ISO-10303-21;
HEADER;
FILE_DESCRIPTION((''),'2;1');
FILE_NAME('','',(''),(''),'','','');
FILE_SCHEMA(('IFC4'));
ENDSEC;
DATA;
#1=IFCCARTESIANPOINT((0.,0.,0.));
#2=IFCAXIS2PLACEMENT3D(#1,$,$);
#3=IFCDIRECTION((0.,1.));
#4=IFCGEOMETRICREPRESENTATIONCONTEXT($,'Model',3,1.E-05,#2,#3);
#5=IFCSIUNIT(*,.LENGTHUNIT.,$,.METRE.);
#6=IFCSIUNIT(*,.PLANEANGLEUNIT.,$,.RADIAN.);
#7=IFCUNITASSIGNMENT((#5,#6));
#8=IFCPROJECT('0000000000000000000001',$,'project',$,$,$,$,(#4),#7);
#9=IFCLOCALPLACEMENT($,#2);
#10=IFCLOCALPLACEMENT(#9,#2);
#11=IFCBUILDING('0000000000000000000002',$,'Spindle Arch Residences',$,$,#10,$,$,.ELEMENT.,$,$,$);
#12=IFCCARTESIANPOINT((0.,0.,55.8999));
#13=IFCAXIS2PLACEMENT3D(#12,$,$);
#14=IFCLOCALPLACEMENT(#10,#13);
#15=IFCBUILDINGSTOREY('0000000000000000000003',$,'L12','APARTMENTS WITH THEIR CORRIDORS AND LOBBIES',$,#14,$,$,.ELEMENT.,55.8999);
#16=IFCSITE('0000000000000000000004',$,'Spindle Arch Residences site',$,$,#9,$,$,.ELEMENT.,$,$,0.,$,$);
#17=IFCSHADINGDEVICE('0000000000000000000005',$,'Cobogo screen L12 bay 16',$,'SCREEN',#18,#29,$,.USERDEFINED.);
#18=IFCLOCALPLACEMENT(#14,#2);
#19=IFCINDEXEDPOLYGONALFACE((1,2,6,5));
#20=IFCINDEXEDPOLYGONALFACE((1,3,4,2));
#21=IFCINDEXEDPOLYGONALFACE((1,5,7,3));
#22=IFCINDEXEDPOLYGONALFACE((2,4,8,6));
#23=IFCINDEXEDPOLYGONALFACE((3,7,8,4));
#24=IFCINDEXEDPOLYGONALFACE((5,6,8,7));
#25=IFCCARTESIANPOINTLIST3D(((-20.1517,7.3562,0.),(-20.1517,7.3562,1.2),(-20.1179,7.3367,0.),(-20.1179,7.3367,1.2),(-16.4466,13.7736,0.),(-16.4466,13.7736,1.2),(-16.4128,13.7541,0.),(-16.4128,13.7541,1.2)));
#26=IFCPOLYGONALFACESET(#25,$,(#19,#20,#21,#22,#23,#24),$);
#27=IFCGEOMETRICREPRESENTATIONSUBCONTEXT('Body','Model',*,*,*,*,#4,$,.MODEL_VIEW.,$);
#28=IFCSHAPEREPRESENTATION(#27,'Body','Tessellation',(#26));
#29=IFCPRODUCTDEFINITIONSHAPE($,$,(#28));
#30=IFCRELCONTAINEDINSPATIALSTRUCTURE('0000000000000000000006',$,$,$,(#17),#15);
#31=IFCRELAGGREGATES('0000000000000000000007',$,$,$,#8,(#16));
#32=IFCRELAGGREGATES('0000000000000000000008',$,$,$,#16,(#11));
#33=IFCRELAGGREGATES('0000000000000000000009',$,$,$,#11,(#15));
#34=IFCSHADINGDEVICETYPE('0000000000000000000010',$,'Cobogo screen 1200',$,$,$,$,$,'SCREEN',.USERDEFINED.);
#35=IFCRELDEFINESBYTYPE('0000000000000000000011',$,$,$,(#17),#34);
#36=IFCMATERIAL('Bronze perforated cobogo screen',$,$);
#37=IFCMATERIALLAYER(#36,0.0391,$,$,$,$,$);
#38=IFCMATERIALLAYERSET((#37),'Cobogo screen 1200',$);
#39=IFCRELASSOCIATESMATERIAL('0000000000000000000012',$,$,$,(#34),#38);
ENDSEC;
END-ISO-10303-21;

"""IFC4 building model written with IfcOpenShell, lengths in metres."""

from ifc_helpers import new_model, si_unit, direction, frame, origin, origin_2d, place, context, subcontext, project, spatial, rectangle, extrude, material, layer, layer_set, type_object, element, save


model = new_model("IFC4")

# Units and contexts
model_context = context("Model", 3, precision=1e-05, world=origin(), true_north=direction((0.0, 1.0)))
body_context = subcontext(model_context, "Body", "Model", "MODEL_VIEW")
ifc_project = project(units=[si_unit("LENGTHUNIT", "METRE"), si_unit("PLANEANGLEUNIT", "RADIAN")], contexts=[model_context])

# Site, building, storey
site_placement = place(None, origin())
site = spatial("IfcSite", under=ifc_project, at=site_placement, Name="Spindle Arch Residences site", CompositionType="ELEMENT", RefElevation=0.0)
building_placement = place(site_placement, origin())
building = spatial("IfcBuilding", under=site, at=building_placement, Name="Spindle Arch Residences", CompositionType="ELEMENT")
storey_placement = place(building_placement, frame((0.0, 0.0, 55.8999)))
storey = spatial("IfcBuildingStorey", under=building, at=storey_placement, Name="L12", Description="APARTMENTS WITH THEIR CORRIDORS AND LOBBIES", CompositionType="ELEMENT", Elevation=55.8999)

# Shading device
ifc_material_1 = material(Name="Bronze perforated cobogo screen")
ifc_layer_1 = layer(ifc_material_1, 0.0391)
ifc_layer_set_1 = layer_set([ifc_layer_1], Name="Cobogo screen 1200")
shading_device_type = type_object("IfcShadingDeviceType", Name="Cobogo screen 1200", ElementType="SCREEN", PredefinedType="USERDEFINED", material=ifc_layer_set_1)
shading_device_placement = place(storey_placement, frame((-18.2822, 10.5552, 0.0), z_axis=(0.0, 0.0, 1.0), x_axis=(-0.5, -0.866025, 0.0)))
element("IfcShadingDevice", 1, at=shading_device_placement, inside=storey, type_object=shading_device_type, Name="Cobogo screen L12 bay 16", ObjectType="SCREEN", PredefinedType="USERDEFINED", context=body_context, shape_type="SweptSolid", body=[
    extrude(rectangle(XDim=7.4102, YDim=0.0391, at=origin_2d()), origin(), (0.0, 0.0, 1.0), 1.2),
])

save(model, "model.ifc")
